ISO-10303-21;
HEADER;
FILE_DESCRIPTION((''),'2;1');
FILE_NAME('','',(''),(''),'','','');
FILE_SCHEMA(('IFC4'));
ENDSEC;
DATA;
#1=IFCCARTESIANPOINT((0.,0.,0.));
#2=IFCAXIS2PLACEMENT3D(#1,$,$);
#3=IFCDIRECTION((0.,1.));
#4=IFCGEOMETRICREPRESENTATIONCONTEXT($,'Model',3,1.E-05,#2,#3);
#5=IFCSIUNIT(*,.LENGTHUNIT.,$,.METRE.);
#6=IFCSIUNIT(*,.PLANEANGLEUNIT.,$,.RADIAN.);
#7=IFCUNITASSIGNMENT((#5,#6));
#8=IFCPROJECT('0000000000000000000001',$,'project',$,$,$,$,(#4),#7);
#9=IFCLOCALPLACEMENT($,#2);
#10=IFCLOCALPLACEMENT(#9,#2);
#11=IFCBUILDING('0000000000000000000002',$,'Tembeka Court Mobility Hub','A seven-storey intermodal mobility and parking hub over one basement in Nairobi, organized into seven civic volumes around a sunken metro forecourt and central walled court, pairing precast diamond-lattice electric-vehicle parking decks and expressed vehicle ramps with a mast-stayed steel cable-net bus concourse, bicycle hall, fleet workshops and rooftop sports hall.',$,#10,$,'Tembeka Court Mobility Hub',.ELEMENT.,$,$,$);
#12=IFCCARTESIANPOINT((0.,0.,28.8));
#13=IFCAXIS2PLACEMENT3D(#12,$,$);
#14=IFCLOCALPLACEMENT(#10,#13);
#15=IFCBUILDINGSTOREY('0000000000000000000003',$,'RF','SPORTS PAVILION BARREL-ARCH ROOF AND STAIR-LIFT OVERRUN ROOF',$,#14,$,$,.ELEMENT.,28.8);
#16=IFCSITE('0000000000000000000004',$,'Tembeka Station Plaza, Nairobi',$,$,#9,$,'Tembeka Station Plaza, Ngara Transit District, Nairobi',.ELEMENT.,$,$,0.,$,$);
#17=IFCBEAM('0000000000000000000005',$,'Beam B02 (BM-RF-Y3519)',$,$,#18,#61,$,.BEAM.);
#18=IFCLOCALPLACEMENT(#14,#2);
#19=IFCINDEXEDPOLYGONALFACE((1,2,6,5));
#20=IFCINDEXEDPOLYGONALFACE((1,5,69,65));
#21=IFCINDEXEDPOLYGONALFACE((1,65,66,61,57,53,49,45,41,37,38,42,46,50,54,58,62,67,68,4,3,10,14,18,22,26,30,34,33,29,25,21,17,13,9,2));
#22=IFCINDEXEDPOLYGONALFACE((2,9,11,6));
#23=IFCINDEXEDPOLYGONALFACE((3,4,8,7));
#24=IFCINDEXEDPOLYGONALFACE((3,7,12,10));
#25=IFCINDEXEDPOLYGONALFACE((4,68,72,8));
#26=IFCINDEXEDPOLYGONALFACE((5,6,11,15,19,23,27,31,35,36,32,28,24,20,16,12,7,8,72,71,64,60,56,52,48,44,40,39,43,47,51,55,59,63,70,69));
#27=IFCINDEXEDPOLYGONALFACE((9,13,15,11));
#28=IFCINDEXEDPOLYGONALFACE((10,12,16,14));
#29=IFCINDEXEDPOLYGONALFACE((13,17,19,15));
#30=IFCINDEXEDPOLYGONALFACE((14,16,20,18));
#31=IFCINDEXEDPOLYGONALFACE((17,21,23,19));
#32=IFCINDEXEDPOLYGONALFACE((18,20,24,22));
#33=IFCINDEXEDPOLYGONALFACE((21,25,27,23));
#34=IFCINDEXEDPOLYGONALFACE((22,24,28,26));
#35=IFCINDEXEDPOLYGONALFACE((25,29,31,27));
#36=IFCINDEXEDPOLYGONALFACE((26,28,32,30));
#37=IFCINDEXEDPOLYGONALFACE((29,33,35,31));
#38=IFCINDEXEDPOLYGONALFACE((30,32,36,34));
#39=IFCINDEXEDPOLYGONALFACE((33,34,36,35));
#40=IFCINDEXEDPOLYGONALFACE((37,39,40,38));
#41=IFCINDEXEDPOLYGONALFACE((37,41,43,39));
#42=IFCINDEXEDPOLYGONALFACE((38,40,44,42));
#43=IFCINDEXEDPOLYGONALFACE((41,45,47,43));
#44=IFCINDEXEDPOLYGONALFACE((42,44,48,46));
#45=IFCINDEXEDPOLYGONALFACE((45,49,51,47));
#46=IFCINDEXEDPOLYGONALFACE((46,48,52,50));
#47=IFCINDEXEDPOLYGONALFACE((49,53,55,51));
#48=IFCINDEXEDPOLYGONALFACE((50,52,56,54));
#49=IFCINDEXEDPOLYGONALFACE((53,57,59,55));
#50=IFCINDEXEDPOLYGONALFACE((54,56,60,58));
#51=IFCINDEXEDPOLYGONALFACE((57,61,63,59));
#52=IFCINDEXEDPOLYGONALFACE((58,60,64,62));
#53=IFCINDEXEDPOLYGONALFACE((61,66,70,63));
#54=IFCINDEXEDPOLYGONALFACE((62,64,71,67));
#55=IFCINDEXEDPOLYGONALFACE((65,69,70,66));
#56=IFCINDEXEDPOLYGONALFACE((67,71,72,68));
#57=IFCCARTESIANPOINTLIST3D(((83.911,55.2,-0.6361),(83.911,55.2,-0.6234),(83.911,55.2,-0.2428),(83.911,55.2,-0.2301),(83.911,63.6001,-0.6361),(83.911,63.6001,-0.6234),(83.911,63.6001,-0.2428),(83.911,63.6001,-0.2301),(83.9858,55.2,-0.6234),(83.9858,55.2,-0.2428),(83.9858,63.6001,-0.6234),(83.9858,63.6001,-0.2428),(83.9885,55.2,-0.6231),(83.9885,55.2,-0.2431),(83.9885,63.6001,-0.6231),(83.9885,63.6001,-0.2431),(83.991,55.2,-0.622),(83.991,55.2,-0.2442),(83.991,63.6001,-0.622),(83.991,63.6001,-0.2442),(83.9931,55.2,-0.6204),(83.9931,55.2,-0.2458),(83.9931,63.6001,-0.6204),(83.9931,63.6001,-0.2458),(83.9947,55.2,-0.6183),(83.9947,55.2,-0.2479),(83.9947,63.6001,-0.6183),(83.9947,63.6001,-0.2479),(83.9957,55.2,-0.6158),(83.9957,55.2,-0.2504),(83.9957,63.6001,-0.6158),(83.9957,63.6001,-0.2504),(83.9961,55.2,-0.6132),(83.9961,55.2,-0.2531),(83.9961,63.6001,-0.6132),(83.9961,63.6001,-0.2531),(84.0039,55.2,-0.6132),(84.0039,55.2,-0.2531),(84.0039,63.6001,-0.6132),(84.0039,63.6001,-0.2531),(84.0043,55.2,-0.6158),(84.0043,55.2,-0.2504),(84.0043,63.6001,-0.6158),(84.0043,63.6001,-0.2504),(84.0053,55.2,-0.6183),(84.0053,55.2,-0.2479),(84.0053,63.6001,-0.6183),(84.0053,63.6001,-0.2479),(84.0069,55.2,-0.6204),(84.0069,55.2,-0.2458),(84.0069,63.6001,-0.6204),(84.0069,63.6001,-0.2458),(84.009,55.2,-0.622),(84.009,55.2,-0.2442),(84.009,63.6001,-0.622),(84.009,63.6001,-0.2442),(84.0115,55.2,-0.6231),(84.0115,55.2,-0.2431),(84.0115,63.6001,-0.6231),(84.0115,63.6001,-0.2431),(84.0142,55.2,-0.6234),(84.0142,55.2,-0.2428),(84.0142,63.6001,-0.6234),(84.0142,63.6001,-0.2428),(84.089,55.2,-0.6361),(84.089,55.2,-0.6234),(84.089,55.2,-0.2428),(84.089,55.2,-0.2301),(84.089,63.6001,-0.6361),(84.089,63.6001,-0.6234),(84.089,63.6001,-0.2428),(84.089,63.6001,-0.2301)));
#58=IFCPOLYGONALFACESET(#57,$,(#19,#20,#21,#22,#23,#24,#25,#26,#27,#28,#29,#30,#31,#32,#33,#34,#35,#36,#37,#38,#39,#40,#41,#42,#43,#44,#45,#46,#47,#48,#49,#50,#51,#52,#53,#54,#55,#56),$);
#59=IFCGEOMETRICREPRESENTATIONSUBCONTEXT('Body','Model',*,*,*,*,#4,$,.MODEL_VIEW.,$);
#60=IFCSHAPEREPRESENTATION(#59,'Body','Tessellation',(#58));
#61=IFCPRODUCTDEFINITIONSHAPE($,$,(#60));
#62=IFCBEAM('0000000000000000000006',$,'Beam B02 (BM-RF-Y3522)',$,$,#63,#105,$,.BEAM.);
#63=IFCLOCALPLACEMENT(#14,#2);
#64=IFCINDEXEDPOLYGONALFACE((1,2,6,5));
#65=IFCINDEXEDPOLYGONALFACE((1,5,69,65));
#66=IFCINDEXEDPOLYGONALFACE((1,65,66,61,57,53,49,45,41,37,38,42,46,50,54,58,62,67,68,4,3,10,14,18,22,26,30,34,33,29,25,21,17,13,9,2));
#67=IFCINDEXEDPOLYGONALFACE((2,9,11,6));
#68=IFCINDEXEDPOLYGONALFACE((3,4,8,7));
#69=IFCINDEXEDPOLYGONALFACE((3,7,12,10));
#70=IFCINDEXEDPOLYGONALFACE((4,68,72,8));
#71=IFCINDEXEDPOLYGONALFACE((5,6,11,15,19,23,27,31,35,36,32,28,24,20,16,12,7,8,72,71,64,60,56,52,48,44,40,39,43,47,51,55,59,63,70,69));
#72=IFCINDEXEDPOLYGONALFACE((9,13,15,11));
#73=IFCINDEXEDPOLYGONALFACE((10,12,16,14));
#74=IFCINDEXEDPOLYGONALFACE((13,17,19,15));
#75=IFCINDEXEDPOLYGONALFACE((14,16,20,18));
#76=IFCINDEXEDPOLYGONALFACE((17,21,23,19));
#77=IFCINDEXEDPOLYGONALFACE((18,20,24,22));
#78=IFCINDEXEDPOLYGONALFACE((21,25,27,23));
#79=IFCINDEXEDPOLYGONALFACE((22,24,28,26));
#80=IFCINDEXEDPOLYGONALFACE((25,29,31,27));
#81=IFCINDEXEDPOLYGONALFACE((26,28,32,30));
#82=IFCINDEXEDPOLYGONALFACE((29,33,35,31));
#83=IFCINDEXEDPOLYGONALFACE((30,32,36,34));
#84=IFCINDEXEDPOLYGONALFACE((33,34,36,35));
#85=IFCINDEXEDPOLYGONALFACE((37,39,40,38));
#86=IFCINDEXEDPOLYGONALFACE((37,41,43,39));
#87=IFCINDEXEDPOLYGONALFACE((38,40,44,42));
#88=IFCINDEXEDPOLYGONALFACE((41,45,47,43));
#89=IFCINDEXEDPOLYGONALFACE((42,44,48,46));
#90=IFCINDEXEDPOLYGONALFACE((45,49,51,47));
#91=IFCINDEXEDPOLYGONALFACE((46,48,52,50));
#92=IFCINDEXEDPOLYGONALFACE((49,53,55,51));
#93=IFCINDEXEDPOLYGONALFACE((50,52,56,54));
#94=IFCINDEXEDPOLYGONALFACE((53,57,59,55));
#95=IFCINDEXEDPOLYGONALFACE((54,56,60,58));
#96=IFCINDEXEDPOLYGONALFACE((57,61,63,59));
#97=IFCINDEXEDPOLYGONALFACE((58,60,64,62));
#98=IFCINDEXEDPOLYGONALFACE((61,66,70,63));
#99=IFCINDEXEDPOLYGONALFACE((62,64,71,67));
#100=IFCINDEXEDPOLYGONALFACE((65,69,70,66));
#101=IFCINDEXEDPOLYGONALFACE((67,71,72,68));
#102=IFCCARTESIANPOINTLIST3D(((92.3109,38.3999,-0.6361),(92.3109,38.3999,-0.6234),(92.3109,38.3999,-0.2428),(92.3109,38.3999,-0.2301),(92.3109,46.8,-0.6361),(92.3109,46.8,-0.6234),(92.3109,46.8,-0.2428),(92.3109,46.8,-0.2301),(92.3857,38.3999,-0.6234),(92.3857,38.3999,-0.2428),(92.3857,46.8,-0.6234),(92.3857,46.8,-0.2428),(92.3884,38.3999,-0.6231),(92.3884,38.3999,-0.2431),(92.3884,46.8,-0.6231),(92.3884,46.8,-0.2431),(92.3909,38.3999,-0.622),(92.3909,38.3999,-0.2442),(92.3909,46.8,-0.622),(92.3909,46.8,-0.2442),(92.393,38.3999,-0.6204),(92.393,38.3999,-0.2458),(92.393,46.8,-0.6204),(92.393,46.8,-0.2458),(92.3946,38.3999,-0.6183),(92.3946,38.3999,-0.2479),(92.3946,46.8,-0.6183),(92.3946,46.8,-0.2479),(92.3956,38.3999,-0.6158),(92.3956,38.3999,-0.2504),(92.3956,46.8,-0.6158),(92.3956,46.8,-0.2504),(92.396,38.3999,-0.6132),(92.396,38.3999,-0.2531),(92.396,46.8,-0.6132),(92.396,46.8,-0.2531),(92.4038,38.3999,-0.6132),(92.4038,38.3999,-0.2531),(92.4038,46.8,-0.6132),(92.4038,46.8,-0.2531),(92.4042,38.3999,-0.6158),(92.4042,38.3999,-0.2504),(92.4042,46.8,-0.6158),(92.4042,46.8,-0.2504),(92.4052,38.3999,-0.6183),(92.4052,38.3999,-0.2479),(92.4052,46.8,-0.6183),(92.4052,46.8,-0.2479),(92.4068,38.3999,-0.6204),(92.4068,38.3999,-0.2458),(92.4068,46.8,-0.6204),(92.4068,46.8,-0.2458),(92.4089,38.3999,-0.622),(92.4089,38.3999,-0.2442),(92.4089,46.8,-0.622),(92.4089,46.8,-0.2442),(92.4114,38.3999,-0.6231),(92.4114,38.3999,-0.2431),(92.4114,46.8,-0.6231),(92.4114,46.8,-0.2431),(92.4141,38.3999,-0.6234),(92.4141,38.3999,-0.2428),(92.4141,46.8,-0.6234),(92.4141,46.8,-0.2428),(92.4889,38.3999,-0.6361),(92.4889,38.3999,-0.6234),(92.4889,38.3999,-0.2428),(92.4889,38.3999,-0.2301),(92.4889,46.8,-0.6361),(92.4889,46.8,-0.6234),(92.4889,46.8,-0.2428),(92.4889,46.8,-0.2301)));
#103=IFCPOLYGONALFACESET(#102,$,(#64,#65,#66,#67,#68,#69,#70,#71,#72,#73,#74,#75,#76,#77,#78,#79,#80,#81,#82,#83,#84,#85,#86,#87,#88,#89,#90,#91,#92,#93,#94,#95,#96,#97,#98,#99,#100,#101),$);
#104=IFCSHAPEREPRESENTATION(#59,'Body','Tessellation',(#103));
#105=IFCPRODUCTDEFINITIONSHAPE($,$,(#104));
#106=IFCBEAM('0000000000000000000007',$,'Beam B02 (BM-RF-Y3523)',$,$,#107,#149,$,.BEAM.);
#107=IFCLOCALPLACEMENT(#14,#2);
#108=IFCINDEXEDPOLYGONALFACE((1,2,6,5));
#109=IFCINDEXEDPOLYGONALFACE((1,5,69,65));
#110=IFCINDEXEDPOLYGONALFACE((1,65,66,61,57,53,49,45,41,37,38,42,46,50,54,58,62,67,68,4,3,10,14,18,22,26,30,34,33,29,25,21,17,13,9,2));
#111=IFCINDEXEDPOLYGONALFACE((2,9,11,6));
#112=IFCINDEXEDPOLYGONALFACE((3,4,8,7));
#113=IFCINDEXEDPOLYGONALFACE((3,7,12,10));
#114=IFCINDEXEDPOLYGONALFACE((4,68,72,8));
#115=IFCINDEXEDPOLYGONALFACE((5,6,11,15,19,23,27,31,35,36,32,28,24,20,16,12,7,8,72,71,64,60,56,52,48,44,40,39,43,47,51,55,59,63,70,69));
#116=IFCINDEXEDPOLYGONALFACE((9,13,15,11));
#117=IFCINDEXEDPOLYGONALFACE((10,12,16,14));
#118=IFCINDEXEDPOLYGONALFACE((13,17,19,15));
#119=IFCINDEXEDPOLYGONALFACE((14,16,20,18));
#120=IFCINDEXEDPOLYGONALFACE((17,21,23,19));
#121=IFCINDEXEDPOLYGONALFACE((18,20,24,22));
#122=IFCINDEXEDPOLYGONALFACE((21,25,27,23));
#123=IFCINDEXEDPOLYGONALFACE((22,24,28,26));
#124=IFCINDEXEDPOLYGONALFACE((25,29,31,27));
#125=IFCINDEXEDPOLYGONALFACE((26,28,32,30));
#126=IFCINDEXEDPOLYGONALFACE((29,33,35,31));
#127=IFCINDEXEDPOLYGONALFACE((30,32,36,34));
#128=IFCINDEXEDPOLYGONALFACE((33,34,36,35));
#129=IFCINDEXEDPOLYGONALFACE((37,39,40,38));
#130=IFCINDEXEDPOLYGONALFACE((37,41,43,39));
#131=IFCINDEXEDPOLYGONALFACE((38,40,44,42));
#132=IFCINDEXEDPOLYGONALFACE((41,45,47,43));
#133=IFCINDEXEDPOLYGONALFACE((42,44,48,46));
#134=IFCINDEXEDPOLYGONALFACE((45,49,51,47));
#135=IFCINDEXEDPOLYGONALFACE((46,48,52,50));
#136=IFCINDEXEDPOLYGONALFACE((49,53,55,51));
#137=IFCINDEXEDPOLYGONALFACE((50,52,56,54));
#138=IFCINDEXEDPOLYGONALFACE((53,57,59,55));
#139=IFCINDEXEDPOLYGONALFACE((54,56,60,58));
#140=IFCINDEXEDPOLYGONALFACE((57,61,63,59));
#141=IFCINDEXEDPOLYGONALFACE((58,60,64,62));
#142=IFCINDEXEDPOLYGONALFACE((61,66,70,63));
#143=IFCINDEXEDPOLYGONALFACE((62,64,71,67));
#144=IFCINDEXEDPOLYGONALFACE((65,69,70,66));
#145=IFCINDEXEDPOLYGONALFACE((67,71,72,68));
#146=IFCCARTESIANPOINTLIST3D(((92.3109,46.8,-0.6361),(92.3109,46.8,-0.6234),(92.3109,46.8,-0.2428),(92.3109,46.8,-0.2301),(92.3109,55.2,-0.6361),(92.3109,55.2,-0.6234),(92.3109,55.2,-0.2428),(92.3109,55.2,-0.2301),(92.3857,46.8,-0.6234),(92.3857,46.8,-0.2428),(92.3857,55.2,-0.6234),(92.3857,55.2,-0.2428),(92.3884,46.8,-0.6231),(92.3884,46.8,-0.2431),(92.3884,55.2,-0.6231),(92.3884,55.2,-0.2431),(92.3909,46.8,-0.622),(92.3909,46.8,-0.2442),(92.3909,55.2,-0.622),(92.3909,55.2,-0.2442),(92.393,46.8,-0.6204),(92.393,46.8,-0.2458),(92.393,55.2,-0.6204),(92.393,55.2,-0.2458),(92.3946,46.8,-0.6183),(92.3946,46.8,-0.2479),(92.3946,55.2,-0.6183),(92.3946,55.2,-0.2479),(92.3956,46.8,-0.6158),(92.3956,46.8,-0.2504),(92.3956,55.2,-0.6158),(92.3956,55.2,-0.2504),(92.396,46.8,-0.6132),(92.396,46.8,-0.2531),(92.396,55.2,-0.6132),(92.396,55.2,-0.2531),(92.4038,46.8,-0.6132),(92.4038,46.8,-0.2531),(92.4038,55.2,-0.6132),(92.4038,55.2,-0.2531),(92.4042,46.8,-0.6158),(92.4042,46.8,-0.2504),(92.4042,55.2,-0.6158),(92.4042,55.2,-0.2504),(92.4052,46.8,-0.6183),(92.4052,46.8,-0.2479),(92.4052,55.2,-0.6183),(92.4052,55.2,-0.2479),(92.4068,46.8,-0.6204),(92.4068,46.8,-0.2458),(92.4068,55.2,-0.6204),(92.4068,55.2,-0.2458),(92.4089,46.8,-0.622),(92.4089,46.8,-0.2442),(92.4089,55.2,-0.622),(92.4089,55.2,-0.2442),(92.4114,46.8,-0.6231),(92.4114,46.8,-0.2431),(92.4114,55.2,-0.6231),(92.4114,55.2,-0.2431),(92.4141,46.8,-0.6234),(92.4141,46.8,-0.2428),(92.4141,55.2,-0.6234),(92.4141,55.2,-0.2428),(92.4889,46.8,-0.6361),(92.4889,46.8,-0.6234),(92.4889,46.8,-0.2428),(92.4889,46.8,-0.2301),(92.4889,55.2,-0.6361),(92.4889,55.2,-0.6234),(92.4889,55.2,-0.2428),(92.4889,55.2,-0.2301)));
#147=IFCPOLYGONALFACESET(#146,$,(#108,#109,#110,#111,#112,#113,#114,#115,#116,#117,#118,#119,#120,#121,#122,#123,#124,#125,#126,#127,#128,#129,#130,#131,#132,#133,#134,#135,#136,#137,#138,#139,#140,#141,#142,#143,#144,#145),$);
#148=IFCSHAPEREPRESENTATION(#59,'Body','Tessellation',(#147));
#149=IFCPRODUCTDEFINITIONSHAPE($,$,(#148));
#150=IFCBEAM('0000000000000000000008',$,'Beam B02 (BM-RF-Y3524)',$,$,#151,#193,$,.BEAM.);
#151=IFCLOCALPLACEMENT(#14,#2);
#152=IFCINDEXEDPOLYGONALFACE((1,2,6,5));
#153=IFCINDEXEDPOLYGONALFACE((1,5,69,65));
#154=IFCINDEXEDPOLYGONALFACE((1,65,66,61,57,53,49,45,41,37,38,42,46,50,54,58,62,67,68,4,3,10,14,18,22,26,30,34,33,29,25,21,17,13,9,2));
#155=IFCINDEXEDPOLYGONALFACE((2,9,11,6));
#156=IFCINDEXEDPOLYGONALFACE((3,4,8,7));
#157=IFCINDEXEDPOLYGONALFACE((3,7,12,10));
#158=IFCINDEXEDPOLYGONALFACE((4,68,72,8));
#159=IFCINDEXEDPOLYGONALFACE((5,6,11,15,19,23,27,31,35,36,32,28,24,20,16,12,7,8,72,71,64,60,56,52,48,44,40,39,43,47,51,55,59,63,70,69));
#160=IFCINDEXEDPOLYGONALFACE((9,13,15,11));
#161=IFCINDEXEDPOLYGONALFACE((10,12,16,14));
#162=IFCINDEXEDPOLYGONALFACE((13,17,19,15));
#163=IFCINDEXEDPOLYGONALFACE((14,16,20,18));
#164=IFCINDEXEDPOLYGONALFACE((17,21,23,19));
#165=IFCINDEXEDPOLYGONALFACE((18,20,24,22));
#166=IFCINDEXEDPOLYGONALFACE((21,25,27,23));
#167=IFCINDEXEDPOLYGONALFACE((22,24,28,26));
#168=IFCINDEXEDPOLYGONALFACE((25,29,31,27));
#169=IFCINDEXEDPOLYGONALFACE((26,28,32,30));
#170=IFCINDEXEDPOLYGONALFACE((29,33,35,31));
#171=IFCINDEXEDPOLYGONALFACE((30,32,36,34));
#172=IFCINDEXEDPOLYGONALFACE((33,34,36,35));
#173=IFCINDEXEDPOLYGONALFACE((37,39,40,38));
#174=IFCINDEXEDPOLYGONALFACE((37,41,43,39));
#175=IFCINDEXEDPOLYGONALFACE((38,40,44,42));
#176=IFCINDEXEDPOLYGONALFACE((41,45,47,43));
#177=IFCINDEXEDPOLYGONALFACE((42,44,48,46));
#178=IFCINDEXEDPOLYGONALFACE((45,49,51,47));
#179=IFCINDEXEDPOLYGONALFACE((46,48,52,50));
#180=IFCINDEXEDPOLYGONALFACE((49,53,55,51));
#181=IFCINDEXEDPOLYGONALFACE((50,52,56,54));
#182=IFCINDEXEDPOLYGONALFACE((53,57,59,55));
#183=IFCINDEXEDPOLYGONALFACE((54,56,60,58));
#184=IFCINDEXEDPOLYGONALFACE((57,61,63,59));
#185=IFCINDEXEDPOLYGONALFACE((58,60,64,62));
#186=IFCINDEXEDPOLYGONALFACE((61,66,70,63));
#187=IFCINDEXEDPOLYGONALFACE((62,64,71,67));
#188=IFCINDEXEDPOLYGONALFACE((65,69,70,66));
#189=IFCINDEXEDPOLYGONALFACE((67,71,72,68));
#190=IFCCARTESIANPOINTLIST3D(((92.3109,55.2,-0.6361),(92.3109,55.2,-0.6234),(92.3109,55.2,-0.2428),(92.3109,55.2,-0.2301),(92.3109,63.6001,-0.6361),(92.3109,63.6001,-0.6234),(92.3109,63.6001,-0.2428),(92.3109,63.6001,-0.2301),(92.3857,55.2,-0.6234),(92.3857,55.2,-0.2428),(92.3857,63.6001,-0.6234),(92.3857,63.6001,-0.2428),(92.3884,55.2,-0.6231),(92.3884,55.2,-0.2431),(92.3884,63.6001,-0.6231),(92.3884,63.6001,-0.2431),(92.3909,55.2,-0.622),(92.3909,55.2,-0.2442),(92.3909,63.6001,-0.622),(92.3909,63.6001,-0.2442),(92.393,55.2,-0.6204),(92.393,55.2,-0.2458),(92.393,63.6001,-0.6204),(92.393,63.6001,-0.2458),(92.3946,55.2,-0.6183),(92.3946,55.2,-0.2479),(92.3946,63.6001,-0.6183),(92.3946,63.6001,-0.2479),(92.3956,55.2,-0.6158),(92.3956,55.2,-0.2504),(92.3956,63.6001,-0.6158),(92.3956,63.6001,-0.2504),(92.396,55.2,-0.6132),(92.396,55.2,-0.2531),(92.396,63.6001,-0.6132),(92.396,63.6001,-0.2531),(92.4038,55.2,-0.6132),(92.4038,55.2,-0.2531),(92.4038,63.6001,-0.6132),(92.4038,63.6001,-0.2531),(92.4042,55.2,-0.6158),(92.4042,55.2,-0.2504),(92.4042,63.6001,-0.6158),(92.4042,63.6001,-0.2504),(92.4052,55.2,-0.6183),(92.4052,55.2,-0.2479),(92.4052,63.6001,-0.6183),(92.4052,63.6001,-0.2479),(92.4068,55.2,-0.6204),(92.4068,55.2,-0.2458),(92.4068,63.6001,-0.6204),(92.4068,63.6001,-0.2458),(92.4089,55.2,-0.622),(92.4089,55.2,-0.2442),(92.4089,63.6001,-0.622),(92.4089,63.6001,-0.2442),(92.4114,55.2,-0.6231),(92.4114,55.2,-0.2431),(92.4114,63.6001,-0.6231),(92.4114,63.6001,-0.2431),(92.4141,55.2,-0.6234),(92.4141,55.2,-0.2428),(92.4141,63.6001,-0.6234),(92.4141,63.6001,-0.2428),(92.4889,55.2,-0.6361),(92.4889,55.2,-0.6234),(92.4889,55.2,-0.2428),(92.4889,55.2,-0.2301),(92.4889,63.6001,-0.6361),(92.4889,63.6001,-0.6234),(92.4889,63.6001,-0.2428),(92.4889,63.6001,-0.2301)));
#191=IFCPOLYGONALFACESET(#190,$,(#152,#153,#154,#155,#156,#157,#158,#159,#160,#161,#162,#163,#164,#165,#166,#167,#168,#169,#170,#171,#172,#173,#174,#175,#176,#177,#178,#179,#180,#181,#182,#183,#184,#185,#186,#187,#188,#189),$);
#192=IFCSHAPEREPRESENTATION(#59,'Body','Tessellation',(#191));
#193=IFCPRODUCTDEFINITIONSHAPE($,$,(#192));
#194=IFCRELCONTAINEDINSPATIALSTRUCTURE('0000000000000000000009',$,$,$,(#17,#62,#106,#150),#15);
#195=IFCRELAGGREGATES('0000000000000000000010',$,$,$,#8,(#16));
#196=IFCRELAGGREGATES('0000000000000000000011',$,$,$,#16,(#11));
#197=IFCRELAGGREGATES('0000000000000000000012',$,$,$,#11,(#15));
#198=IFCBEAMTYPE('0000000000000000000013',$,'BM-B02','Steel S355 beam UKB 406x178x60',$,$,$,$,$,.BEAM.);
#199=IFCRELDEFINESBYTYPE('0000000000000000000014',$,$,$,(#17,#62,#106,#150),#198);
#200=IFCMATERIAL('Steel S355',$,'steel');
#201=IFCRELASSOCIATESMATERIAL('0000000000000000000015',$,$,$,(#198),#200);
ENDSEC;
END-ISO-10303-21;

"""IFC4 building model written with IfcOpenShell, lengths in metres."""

from ifc_helpers import new_model, si_unit, direction, frame, origin, origin_2d, place, context, subcontext, project, spatial, i_section, extrude, material, material_profile, profile_set, type_object, element, save


model = new_model("IFC4")

# Units and contexts
model_context = context("Model", 3, precision=1e-05, world=origin(), true_north=direction((0.0, 1.0)))
body_context = subcontext(model_context, "Body", "Model", "MODEL_VIEW")
ifc_project = project(units=[si_unit("LENGTHUNIT", "METRE"), si_unit("PLANEANGLEUNIT", "RADIAN")], contexts=[model_context])

# Site, building, storey
site_placement = place(None, origin())
site = spatial("IfcSite", under=ifc_project, at=site_placement, Name="Tembeka Station Plaza, Nairobi", LongName="Tembeka Station Plaza, Ngara Transit District, Nairobi", CompositionType="ELEMENT", RefElevation=0.0)
building_placement = place(site_placement, origin())
building = spatial("IfcBuilding", under=site, at=building_placement, Name="Tembeka Court Mobility Hub", Description="A seven-storey intermodal mobility and parking hub over one basement in Nairobi, organized into seven civic volumes around a sunken metro forecourt and central walled court, pairing precast diamond-lattice electric-vehicle parking decks and expressed vehicle ramps with a mast-stayed steel cable-net bus concourse, bicycle hall, fleet workshops and rooftop sports hall.", LongName="Tembeka Court Mobility Hub", CompositionType="ELEMENT")
storey_placement = place(building_placement, frame((0.0, 0.0, 28.8)))
storey = spatial("IfcBuildingStorey", under=building, at=storey_placement, Name="RF", Description="SPORTS PAVILION BARREL-ARCH ROOF AND STAIR-LIFT OVERRUN ROOF", CompositionType="ELEMENT", Elevation=28.8)

# Beams
ifc_material_1 = material(Name="Steel S355", Category="steel")
ifc_material_profile_1 = material_profile(ifc_material_1, i_section(OverallWidth=0.178, OverallDepth=0.406, WebThickness=0.0078, FlangeThickness=0.0127, FilletRadius=0.0103, at=origin_2d()), Name="UKB 406x178x60")
ifc_profile_set_1 = profile_set([ifc_material_profile_1], Name="Steel S355")
beam_type_1 = type_object("IfcBeamType", Name="BM-B02", Description="Steel S355 beam UKB 406x178x60", PredefinedType="BEAM", material=ifc_profile_set_1)
for number, where, z_axis, x_axis, name in (
    (1, (84.0, 55.2, -0.4331), (0.0, 1.0, 0.0), (-1.0, 0.0, 0.0), "Beam B02 (BM-RF-Y3519)"),
    (2, (92.3999, 38.3999, -0.4331), (0.0, 1.0, 0.0), (-1.0, 0.0, 0.0), "Beam B02 (BM-RF-Y3522)"),
):
    element("IfcBeam", number, at=place(storey_placement, frame(where, z_axis=z_axis, x_axis=x_axis)), inside=storey, type_object=beam_type_1, Name=name, PredefinedType="BEAM", context=body_context, shape_type="SweptSolid", body=[
        extrude(i_section(OverallWidth=0.178, OverallDepth=0.406, WebThickness=0.0078, FlangeThickness=0.0127, FilletRadius=0.0103, at=origin_2d()), origin(), (0.0, 0.0, 1.0), 8.4001),
    ])
beam_1_placement = place(storey_placement, frame((92.3999, 46.8, -0.4331), z_axis=(0.0, 1.0, 0.0), x_axis=(-1.0, 0.0, 0.0)))
element("IfcBeam", 3, at=beam_1_placement, inside=storey, type_object=beam_type_1, Name="Beam B02 (BM-RF-Y3523)", PredefinedType="BEAM", context=body_context, shape_type="SweptSolid", body=[
    extrude(i_section(OverallWidth=0.178, OverallDepth=0.406, WebThickness=0.0078, FlangeThickness=0.0127, FilletRadius=0.0103, at=origin_2d()), origin(), (0.0, 0.0, 1.0), 8.3999),
])
beam_2_placement = place(storey_placement, frame((92.3999, 55.2, -0.4331), z_axis=(0.0, 1.0, 0.0), x_axis=(-1.0, 0.0, 0.0)))
element("IfcBeam", 4, at=beam_2_placement, inside=storey, type_object=beam_type_1, Name="Beam B02 (BM-RF-Y3524)", PredefinedType="BEAM", context=body_context, shape_type="SweptSolid", body=[
    extrude(i_section(OverallWidth=0.178, OverallDepth=0.406, WebThickness=0.0078, FlangeThickness=0.0127, FilletRadius=0.0103, at=origin_2d()), origin(), (0.0, 0.0, 1.0), 8.4001),
])

save(model, "model.ifc")
